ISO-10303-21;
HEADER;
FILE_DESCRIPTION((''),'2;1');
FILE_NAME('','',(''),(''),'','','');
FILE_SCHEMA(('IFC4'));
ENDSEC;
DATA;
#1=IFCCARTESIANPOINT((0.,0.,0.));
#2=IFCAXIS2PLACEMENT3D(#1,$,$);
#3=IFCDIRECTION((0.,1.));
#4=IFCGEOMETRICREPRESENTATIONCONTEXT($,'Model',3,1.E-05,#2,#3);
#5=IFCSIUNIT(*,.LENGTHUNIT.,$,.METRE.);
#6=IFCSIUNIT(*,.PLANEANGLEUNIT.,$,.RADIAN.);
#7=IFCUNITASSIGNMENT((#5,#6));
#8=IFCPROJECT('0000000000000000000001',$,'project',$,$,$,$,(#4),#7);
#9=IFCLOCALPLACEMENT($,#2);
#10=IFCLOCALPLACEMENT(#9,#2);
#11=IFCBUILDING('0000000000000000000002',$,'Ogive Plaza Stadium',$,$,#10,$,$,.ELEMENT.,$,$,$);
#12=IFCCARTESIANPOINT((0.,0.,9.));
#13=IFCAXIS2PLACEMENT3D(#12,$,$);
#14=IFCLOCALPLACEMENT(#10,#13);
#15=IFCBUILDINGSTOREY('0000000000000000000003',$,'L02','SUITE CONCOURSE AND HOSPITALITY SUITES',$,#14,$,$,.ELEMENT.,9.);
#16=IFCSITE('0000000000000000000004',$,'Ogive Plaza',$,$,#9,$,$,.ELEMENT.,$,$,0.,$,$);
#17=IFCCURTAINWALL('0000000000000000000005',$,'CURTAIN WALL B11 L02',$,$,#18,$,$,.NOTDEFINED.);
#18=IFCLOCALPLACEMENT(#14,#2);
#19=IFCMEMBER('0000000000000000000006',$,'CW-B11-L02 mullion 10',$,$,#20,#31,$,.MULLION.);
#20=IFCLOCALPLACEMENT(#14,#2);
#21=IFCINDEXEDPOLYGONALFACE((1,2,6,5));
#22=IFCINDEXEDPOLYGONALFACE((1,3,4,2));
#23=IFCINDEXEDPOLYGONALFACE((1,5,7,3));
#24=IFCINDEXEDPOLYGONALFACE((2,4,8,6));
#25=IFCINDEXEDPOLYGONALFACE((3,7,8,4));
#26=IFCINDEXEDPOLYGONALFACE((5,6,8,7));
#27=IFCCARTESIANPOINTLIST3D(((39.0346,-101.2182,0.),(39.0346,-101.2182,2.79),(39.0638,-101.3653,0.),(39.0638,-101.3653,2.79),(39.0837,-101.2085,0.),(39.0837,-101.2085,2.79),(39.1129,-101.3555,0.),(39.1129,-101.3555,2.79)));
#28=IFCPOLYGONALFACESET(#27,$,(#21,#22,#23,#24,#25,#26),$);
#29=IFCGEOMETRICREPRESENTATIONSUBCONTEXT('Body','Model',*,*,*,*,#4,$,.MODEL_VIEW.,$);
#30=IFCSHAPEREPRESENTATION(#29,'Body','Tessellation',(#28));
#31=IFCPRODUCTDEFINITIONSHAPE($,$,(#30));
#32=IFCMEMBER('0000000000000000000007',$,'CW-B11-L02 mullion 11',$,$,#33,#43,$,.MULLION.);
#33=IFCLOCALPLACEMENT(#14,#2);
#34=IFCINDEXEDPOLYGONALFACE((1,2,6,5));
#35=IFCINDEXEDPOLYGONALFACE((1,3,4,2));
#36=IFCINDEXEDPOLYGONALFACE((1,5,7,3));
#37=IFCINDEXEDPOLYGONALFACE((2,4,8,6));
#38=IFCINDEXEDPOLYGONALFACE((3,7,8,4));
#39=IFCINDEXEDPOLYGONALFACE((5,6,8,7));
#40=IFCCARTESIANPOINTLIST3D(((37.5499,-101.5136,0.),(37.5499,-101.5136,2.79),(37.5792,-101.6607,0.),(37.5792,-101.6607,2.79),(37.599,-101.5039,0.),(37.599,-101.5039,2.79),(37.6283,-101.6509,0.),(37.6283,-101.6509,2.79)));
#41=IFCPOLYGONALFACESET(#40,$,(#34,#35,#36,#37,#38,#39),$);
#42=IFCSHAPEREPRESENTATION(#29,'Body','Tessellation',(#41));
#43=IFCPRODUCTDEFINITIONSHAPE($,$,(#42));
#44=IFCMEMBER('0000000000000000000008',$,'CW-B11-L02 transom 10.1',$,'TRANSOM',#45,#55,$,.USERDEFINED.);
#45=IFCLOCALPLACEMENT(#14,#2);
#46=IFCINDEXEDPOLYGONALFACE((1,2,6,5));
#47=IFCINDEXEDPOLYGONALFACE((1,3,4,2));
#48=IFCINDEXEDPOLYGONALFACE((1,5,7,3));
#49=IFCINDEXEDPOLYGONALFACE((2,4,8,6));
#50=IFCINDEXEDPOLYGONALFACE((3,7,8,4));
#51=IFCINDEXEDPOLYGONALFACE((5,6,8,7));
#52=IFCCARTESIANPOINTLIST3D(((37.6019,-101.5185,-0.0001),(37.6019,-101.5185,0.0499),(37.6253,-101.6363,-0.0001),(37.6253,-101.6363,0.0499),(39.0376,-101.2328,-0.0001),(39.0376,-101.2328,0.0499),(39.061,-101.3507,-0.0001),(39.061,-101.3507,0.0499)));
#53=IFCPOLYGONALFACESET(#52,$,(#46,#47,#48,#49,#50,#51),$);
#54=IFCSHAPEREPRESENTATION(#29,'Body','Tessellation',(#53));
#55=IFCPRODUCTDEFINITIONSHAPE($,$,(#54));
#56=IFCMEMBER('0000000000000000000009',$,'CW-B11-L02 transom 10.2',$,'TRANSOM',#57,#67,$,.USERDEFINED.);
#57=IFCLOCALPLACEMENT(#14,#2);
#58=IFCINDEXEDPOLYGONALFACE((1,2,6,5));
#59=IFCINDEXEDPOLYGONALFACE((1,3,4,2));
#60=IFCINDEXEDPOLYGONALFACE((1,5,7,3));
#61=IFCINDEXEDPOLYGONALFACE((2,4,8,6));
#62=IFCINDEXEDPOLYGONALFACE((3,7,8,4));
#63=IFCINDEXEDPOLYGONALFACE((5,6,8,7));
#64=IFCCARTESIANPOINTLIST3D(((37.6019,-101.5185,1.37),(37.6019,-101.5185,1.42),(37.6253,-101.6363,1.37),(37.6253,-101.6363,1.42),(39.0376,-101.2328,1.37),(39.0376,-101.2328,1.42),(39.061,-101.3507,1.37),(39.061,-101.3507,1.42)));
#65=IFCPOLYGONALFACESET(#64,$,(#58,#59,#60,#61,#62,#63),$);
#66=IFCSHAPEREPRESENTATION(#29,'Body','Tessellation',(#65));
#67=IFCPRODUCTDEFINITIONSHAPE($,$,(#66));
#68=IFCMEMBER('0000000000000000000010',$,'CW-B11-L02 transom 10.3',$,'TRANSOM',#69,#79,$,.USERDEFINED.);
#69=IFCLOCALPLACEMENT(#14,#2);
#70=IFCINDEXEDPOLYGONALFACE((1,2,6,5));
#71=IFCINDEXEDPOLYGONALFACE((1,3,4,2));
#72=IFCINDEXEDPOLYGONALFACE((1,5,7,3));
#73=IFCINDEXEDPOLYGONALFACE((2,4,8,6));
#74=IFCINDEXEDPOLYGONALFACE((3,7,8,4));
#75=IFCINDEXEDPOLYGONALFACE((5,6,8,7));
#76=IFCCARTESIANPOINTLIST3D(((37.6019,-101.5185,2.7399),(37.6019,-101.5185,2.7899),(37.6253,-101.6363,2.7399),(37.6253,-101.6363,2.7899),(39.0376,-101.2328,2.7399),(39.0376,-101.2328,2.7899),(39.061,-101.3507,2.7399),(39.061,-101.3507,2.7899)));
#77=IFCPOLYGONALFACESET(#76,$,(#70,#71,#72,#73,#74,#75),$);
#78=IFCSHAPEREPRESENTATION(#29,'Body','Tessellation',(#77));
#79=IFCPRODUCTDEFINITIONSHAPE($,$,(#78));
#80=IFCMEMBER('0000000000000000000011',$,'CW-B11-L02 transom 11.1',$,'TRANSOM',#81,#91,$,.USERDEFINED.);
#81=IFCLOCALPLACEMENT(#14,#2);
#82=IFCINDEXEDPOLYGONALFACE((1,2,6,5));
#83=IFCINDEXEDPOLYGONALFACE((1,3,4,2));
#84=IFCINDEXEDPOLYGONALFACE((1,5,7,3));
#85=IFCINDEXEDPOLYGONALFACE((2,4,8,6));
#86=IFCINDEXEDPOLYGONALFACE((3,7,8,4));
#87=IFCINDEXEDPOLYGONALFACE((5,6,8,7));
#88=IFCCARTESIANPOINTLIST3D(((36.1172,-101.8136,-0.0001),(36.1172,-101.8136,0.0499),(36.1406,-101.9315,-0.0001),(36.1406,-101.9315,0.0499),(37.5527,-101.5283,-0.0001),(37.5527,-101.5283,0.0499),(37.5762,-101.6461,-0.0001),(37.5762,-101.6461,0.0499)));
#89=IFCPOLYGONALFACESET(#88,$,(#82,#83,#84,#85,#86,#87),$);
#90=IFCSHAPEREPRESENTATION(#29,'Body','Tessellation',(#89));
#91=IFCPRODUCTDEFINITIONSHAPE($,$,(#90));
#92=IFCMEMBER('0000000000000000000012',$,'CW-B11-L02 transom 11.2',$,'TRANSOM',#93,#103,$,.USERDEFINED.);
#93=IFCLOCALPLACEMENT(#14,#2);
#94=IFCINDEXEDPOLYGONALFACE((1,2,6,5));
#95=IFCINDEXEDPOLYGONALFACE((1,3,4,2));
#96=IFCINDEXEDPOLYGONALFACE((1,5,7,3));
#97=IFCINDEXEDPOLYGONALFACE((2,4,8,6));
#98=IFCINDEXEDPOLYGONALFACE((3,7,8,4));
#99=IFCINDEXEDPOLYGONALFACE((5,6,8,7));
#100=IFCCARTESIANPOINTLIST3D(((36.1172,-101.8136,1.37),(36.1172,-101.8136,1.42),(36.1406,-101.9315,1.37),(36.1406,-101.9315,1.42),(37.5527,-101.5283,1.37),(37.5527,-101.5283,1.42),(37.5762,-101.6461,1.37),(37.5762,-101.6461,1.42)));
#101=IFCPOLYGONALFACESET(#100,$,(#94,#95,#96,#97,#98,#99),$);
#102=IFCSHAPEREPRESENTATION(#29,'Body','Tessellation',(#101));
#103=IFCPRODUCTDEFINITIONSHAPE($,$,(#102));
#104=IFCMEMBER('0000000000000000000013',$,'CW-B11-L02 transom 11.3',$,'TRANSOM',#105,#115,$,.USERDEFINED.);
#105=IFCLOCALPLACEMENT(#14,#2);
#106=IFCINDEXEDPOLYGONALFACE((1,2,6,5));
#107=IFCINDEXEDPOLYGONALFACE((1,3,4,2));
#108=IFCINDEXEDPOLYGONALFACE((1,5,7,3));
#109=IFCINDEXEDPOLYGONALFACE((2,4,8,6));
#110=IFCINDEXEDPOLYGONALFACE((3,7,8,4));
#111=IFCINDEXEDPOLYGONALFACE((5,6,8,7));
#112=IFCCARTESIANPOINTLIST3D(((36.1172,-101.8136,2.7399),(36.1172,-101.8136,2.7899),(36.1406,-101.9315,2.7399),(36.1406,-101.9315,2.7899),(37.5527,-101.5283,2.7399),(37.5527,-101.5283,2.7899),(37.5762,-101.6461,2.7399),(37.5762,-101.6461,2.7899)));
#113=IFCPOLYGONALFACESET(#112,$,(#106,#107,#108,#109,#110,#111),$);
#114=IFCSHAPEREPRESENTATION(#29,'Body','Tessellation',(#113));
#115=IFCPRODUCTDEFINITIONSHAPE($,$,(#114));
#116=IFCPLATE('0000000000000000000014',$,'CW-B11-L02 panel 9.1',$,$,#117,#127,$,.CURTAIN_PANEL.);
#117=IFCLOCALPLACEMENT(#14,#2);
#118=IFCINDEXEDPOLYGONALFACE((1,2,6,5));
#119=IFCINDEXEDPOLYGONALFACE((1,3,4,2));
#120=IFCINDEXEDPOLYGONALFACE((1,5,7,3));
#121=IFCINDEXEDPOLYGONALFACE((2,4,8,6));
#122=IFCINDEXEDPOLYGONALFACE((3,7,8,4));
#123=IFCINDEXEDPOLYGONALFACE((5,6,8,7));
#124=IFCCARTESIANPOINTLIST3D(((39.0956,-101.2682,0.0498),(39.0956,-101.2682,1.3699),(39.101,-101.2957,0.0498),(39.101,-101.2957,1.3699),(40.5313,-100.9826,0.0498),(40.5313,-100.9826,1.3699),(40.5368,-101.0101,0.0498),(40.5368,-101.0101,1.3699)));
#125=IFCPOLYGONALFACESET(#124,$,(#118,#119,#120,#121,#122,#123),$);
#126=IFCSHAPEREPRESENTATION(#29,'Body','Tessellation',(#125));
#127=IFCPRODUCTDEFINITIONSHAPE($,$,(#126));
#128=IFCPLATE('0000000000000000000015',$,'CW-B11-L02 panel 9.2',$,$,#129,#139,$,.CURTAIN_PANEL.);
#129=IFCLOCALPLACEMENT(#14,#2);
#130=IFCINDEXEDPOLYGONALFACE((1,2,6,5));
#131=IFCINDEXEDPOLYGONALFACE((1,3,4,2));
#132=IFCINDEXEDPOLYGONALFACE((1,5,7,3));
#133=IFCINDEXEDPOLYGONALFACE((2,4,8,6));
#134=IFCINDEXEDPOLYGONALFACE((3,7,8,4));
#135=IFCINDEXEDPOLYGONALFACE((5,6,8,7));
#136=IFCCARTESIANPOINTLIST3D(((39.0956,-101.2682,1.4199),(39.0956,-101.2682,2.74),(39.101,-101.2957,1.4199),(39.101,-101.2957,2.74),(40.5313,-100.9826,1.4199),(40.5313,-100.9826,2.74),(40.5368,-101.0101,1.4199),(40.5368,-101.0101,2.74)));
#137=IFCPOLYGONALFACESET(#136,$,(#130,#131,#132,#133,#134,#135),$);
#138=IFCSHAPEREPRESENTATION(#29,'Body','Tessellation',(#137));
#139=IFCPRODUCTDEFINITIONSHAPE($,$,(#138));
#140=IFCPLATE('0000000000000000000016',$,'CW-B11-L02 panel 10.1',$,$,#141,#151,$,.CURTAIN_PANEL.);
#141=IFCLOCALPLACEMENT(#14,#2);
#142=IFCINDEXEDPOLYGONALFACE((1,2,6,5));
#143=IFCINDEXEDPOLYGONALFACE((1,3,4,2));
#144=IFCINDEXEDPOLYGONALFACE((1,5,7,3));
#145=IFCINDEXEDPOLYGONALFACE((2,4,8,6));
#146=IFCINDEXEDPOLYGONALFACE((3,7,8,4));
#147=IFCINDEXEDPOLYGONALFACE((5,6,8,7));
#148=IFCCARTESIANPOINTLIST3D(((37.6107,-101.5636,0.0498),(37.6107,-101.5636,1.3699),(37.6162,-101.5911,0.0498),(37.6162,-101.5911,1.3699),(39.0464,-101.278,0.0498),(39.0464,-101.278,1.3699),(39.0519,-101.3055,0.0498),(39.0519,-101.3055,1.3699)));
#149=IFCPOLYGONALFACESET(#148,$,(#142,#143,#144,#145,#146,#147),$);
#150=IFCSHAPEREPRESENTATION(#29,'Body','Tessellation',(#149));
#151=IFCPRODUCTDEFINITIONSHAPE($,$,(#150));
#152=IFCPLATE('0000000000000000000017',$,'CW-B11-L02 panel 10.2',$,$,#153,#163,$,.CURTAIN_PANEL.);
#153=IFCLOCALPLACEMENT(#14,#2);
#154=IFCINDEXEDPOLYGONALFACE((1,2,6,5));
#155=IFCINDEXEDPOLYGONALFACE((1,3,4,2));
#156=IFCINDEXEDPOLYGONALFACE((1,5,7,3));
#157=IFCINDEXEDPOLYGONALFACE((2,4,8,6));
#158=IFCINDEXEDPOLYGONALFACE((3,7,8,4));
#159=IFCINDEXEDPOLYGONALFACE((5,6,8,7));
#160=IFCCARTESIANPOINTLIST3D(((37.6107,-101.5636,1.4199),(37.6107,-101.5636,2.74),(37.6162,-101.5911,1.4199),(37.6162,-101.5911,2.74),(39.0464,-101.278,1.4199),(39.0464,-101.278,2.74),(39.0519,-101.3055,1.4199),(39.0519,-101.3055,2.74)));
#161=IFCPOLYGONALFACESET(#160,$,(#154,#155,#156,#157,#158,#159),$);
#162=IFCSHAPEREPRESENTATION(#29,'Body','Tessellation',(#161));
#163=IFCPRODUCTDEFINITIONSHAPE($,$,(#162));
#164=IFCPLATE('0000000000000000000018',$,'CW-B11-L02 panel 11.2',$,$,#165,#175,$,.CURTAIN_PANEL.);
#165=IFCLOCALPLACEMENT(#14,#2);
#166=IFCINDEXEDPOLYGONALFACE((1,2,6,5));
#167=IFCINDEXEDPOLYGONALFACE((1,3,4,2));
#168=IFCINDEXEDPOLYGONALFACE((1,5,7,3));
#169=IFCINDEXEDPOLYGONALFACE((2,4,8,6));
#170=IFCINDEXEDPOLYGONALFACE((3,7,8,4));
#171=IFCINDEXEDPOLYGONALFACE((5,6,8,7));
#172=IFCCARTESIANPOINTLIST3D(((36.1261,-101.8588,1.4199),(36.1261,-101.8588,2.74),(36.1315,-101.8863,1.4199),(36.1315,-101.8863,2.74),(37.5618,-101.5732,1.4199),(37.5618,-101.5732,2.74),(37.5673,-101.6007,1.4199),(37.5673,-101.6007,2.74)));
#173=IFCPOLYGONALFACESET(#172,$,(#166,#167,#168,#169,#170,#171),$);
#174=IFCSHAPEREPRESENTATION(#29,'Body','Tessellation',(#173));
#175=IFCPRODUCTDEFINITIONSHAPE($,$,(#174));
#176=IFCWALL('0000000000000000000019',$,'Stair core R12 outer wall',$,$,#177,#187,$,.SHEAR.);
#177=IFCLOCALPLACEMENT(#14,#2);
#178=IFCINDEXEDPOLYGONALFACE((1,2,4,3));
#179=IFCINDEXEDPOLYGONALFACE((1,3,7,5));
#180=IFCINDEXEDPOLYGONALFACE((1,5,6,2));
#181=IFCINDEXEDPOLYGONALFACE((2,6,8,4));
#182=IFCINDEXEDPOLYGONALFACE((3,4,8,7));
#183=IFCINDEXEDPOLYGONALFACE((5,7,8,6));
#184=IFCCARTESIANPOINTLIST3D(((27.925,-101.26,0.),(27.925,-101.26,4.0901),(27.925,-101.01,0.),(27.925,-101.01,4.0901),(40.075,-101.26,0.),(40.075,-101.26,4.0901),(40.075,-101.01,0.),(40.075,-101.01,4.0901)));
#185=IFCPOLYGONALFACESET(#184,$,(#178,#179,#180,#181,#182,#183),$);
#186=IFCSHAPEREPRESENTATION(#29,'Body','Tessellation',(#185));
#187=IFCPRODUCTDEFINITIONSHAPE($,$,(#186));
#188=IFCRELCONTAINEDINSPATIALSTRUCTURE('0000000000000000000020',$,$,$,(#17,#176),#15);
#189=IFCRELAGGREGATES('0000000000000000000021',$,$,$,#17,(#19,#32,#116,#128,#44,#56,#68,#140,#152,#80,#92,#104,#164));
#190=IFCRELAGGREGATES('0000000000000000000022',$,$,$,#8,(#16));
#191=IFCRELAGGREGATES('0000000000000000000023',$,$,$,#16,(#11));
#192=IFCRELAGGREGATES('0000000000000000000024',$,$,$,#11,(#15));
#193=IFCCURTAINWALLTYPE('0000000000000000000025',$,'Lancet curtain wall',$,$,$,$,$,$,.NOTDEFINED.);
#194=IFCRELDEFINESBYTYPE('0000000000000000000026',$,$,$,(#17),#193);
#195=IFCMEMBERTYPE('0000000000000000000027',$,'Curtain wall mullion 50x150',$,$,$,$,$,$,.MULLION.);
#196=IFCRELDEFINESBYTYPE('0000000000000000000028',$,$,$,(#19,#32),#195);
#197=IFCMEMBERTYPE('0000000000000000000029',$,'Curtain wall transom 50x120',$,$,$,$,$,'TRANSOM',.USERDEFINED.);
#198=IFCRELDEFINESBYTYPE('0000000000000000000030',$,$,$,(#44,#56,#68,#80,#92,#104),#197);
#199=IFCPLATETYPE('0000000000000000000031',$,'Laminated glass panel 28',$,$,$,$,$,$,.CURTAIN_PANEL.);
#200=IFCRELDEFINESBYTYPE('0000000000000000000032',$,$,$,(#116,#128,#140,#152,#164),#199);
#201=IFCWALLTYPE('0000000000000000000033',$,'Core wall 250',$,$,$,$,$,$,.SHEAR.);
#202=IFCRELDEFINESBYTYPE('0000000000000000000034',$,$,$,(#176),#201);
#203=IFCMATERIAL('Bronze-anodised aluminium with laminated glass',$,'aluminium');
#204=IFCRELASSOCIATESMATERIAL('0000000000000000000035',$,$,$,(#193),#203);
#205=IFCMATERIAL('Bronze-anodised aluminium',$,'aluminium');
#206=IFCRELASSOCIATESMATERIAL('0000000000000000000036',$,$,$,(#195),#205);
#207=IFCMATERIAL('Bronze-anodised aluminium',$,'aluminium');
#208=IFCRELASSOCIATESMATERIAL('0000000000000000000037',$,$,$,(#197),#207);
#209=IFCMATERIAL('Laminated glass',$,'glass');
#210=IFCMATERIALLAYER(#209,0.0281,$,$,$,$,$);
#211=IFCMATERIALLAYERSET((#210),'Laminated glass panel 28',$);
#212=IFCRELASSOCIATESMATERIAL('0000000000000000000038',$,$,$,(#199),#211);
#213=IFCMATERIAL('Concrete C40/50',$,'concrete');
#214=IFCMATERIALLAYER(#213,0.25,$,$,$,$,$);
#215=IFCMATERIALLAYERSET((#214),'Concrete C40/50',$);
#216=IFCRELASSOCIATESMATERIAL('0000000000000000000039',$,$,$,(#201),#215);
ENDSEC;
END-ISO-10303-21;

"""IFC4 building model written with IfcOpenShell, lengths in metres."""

from ifc_helpers import new_model, si_unit, direction, frame, frame_2d, origin, origin_2d, place, context, subcontext, project, spatial, rectangle, extrude, material, layer, layer_set, material_profile, profile_set, type_object, element, aggregate, save


model = new_model("IFC4")

# Units and contexts
model_context = context("Model", 3, precision=1e-05, world=origin(), true_north=direction((0.0, 1.0)))
body_context = subcontext(model_context, "Body", "Model", "MODEL_VIEW")
ifc_project = project(units=[si_unit("LENGTHUNIT", "METRE"), si_unit("PLANEANGLEUNIT", "RADIAN")], contexts=[model_context])

# Site, building, storey
site_placement = place(None, origin())
site = spatial("IfcSite", under=ifc_project, at=site_placement, Name="Ogive Plaza", CompositionType="ELEMENT", RefElevation=0.0)
building_placement = place(site_placement, origin())
building = spatial("IfcBuilding", under=site, at=building_placement, Name="Ogive Plaza Stadium", CompositionType="ELEMENT")
storey_placement = place(building_placement, frame((0.0, 0.0, 9.0)))
storey = spatial("IfcBuildingStorey", under=building, at=storey_placement, Name="L02", Description="SUITE CONCOURSE AND HOSPITALITY SUITES", CompositionType="ELEMENT", Elevation=9.0)

# Curtain wall, members, plates
ifc_material_1 = material(Name="Bronze-anodised aluminium with laminated glass", Category="aluminium")
curtain_wall_type = type_object("IfcCurtainWallType", Name="Lancet curtain wall", PredefinedType="NOTDEFINED", material=ifc_material_1)
curtain_wall_placement = place(storey_placement, origin())
curtain_wall = element("IfcCurtainWall", 1, at=curtain_wall_placement, inside=storey, type_object=curtain_wall_type, Name="CURTAIN WALL B11 L02", PredefinedType="NOTDEFINED")
ifc_material_2 = material(Name="Bronze-anodised aluminium", Category="aluminium")
ifc_material_profile_1 = material_profile(ifc_material_2, rectangle(XDim=0.1499, YDim=0.05, at=origin_2d()), Name="AL 150x50")
ifc_profile_set_1 = profile_set([ifc_material_profile_1], Name="Bronze-anodised aluminium")
member_type_1 = type_object("IfcMemberType", Name="Curtain wall mullion 50x150", PredefinedType="MULLION", material=ifc_profile_set_1)
member_1_placement = place(storey_placement, frame((39.0737, -101.2869, 0.0), z_axis=(0.0, 0.0, 1.0), x_axis=(0.19509, -0.980785, 0.0)))
member_1 = element("IfcMember", 2, at=member_1_placement, type_object=member_type_1, Name="CW-B11-L02 mullion 10", PredefinedType="MULLION", context=body_context, shape_type="SweptSolid", body=[
    extrude(rectangle(XDim=0.1499, YDim=0.05, at=origin_2d()), origin(), (0.0, 0.0, 1.0), 2.79),
])
member_2_placement = place(storey_placement, frame((37.5891, -101.5823, 0.0), z_axis=(0.0, 0.0, 1.0), x_axis=(0.19509, -0.980785, 0.0)))
member_2 = element("IfcMember", 3, at=member_2_placement, type_object=member_type_1, Name="CW-B11-L02 mullion 11", PredefinedType="MULLION", context=body_context, shape_type="SweptSolid", body=[
    extrude(rectangle(XDim=0.1499, YDim=0.05, at=origin_2d()), origin(), (0.0, 0.0, 1.0), 2.79),
])
ifc_material_3 = material(Name="Bronze-anodised aluminium", Category="aluminium")
ifc_material_profile_2 = material_profile(ifc_material_3, rectangle(XDim=0.1201, YDim=0.05, at=origin_2d()), Name="AL 120x50")
ifc_profile_set_2 = profile_set([ifc_material_profile_2], Name="Bronze-anodised aluminium")
member_type_2 = type_object("IfcMemberType", Name="Curtain wall transom 50x120", ElementType="TRANSOM", PredefinedType="USERDEFINED", material=ifc_profile_set_2)
member_3_placement = place(storey_placement, frame((39.0493, -101.2917, 0.0249), z_axis=(-0.980779, -0.195122, 0.0), x_axis=(0.195122, -0.980779, 0.0)))
member_3 = element("IfcMember", 4, at=member_3_placement, type_object=member_type_2, Name="CW-B11-L02 transom 10.1", ObjectType="TRANSOM", PredefinedType="USERDEFINED", context=body_context, shape_type="SweptSolid", body=[
    extrude(rectangle(XDim=0.1201, YDim=0.05, at=origin_2d()), origin(), (0.0, 0.0, 1.0), 1.4639),
])
member_4_placement = place(storey_placement, frame((39.0493, -101.2917, 1.395), z_axis=(-0.980779, -0.195122, 0.0), x_axis=(0.195122, -0.980779, 0.0)))
member_4 = element("IfcMember", 5, at=member_4_placement, type_object=member_type_2, Name="CW-B11-L02 transom 10.2", ObjectType="TRANSOM", PredefinedType="USERDEFINED", context=body_context, shape_type="SweptSolid", body=[
    extrude(rectangle(XDim=0.1201, YDim=0.05, at=origin_2d()), origin(), (0.0, 0.0, 1.0), 1.4639),
])
member_5_placement = place(storey_placement, frame((39.0493, -101.2917, 2.7649), z_axis=(-0.980779, -0.195122, 0.0), x_axis=(0.195122, -0.980779, 0.0)))
member_5 = element("IfcMember", 6, at=member_5_placement, type_object=member_type_2, Name="CW-B11-L02 transom 10.3", ObjectType="TRANSOM", PredefinedType="USERDEFINED", context=body_context, shape_type="SweptSolid", body=[
    extrude(rectangle(XDim=0.1201, YDim=0.05, at=origin_2d()), origin(), (0.0, 0.0, 1.0), 1.4639),
])
member_6_placement = place(storey_placement, frame((37.5645, -101.5872, 0.0249), z_axis=(-0.980805, -0.194993, 0.0), x_axis=(0.194993, -0.980805, 0.0)))
member_6 = element("IfcMember", 7, at=member_6_placement, type_object=member_type_2, Name="CW-B11-L02 transom 11.1", ObjectType="TRANSOM", PredefinedType="USERDEFINED", context=body_context, shape_type="SweptSolid", body=[
    extrude(rectangle(XDim=0.1201, YDim=0.05, at=origin_2d()), origin(), (0.0, 0.0, 1.0), 1.4636),
])
member_7_placement = place(storey_placement, frame((37.5645, -101.5872, 1.395), z_axis=(-0.980805, -0.194993, 0.0), x_axis=(0.194993, -0.980805, 0.0)))
member_7 = element("IfcMember", 8, at=member_7_placement, type_object=member_type_2, Name="CW-B11-L02 transom 11.2", ObjectType="TRANSOM", PredefinedType="USERDEFINED", context=body_context, shape_type="SweptSolid", body=[
    extrude(rectangle(XDim=0.1201, YDim=0.05, at=origin_2d()), origin(), (0.0, 0.0, 1.0), 1.4636),
])
member_8_placement = place(storey_placement, frame((37.5645, -101.5872, 2.7649), z_axis=(-0.980805, -0.194993, 0.0), x_axis=(0.194993, -0.980805, 0.0)))
member_8 = element("IfcMember", 9, at=member_8_placement, type_object=member_type_2, Name="CW-B11-L02 transom 11.3", ObjectType="TRANSOM", PredefinedType="USERDEFINED", context=body_context, shape_type="SweptSolid", body=[
    extrude(rectangle(XDim=0.1201, YDim=0.05, at=origin_2d()), origin(), (0.0, 0.0, 1.0), 1.4636),
])
ifc_material_4 = material(Name="Laminated glass", Category="glass")
ifc_layer_1 = layer(ifc_material_4, 0.0281)
ifc_layer_set_1 = layer_set([ifc_layer_1], Name="Laminated glass panel 28")
plate_type = type_object("IfcPlateType", Name="Laminated glass panel 28", PredefinedType="CURTAIN_PANEL", material=ifc_layer_set_1)
plate_1_placement = place(storey_placement, frame((39.8162, -101.1392, 0.0498), z_axis=(0.0, 0.0, 1.0), x_axis=(-0.980785, -0.19509, 0.0)))
plate_1 = element("IfcPlate", 10, at=plate_1_placement, type_object=plate_type, Name="CW-B11-L02 panel 9.1", PredefinedType="CURTAIN_PANEL", context=body_context, shape_type="SweptSolid", body=[
    extrude(rectangle(XDim=1.4639, YDim=0.0281, at=origin_2d()), origin(), (0.0, 0.0, 1.0), 1.3201),
])
plate_2_placement = place(storey_placement, frame((39.8162, -101.1392, 1.4199), z_axis=(0.0, 0.0, 1.0), x_axis=(-0.980785, -0.19509, 0.0)))
plate_2 = element("IfcPlate", 11, at=plate_2_placement, type_object=plate_type, Name="CW-B11-L02 panel 9.2", PredefinedType="CURTAIN_PANEL", context=body_context, shape_type="SweptSolid", body=[
    extrude(rectangle(XDim=1.4639, YDim=0.0281, at=origin_2d()), origin(), (0.0, 0.0, 1.0), 1.3201),
])
plate_3_placement = place(storey_placement, frame((38.3313, -101.4346, 0.0498), z_axis=(0.0, 0.0, 1.0), x_axis=(-0.980785, -0.19509, 0.0)))
plate_3 = element("IfcPlate", 12, at=plate_3_placement, type_object=plate_type, Name="CW-B11-L02 panel 10.1", PredefinedType="CURTAIN_PANEL", context=body_context, shape_type="SweptSolid", body=[
    extrude(rectangle(XDim=1.4639, YDim=0.0281, at=origin_2d()), origin(), (0.0, 0.0, 1.0), 1.3201),
])
plate_4_placement = place(storey_placement, frame((38.3313, -101.4346, 1.4199), z_axis=(0.0, 0.0, 1.0), x_axis=(-0.980785, -0.19509, 0.0)))
plate_4 = element("IfcPlate", 13, at=plate_4_placement, type_object=plate_type, Name="CW-B11-L02 panel 10.2", PredefinedType="CURTAIN_PANEL", context=body_context, shape_type="SweptSolid", body=[
    extrude(rectangle(XDim=1.4639, YDim=0.0281, at=origin_2d()), origin(), (0.0, 0.0, 1.0), 1.3201),
])
plate_5_placement = place(storey_placement, frame((36.8467, -101.7297, 1.4199), z_axis=(0.0, 0.0, 1.0), x_axis=(-0.980785, -0.19509, 0.0)))
plate_5 = element("IfcPlate", 14, at=plate_5_placement, type_object=plate_type, Name="CW-B11-L02 panel 11.2", PredefinedType="CURTAIN_PANEL", context=body_context, shape_type="SweptSolid", body=[
    extrude(rectangle(XDim=1.4639, YDim=0.0281, at=origin_2d()), origin(), (0.0, 0.0, 1.0), 1.3201),
])
aggregate(curtain_wall, [member_1, member_2, plate_1, plate_2, member_3, member_4, member_5, plate_3, plate_4, member_6, member_7, member_8, plate_5])

# Wall
ifc_material_5 = material(Name="Concrete C40/50", Category="concrete")
ifc_layer_2 = layer(ifc_material_5, 0.25)
ifc_layer_set_2 = layer_set([ifc_layer_2], Name="Concrete C40/50")
wall_type = type_object("IfcWallType", Name="Core wall 250", PredefinedType="SHEAR", material=ifc_layer_set_2)
wall_placement = place(storey_placement, frame((27.925, -101.135, 0.0), z_axis=(0.0, 0.0, 1.0), x_axis=(1.0, 0.0, 0.0)))
element("IfcWall", 15, at=wall_placement, inside=storey, type_object=wall_type, Name="Stair core R12 outer wall", PredefinedType="SHEAR", context=body_context, shape_type="SweptSolid", body=[
    extrude(rectangle(XDim=12.1499, YDim=0.25, at=frame_2d((6.075, 0.0))), origin(), (0.0, 0.0, 1.0), 4.0901),
])

save(model, "model.ifc")
